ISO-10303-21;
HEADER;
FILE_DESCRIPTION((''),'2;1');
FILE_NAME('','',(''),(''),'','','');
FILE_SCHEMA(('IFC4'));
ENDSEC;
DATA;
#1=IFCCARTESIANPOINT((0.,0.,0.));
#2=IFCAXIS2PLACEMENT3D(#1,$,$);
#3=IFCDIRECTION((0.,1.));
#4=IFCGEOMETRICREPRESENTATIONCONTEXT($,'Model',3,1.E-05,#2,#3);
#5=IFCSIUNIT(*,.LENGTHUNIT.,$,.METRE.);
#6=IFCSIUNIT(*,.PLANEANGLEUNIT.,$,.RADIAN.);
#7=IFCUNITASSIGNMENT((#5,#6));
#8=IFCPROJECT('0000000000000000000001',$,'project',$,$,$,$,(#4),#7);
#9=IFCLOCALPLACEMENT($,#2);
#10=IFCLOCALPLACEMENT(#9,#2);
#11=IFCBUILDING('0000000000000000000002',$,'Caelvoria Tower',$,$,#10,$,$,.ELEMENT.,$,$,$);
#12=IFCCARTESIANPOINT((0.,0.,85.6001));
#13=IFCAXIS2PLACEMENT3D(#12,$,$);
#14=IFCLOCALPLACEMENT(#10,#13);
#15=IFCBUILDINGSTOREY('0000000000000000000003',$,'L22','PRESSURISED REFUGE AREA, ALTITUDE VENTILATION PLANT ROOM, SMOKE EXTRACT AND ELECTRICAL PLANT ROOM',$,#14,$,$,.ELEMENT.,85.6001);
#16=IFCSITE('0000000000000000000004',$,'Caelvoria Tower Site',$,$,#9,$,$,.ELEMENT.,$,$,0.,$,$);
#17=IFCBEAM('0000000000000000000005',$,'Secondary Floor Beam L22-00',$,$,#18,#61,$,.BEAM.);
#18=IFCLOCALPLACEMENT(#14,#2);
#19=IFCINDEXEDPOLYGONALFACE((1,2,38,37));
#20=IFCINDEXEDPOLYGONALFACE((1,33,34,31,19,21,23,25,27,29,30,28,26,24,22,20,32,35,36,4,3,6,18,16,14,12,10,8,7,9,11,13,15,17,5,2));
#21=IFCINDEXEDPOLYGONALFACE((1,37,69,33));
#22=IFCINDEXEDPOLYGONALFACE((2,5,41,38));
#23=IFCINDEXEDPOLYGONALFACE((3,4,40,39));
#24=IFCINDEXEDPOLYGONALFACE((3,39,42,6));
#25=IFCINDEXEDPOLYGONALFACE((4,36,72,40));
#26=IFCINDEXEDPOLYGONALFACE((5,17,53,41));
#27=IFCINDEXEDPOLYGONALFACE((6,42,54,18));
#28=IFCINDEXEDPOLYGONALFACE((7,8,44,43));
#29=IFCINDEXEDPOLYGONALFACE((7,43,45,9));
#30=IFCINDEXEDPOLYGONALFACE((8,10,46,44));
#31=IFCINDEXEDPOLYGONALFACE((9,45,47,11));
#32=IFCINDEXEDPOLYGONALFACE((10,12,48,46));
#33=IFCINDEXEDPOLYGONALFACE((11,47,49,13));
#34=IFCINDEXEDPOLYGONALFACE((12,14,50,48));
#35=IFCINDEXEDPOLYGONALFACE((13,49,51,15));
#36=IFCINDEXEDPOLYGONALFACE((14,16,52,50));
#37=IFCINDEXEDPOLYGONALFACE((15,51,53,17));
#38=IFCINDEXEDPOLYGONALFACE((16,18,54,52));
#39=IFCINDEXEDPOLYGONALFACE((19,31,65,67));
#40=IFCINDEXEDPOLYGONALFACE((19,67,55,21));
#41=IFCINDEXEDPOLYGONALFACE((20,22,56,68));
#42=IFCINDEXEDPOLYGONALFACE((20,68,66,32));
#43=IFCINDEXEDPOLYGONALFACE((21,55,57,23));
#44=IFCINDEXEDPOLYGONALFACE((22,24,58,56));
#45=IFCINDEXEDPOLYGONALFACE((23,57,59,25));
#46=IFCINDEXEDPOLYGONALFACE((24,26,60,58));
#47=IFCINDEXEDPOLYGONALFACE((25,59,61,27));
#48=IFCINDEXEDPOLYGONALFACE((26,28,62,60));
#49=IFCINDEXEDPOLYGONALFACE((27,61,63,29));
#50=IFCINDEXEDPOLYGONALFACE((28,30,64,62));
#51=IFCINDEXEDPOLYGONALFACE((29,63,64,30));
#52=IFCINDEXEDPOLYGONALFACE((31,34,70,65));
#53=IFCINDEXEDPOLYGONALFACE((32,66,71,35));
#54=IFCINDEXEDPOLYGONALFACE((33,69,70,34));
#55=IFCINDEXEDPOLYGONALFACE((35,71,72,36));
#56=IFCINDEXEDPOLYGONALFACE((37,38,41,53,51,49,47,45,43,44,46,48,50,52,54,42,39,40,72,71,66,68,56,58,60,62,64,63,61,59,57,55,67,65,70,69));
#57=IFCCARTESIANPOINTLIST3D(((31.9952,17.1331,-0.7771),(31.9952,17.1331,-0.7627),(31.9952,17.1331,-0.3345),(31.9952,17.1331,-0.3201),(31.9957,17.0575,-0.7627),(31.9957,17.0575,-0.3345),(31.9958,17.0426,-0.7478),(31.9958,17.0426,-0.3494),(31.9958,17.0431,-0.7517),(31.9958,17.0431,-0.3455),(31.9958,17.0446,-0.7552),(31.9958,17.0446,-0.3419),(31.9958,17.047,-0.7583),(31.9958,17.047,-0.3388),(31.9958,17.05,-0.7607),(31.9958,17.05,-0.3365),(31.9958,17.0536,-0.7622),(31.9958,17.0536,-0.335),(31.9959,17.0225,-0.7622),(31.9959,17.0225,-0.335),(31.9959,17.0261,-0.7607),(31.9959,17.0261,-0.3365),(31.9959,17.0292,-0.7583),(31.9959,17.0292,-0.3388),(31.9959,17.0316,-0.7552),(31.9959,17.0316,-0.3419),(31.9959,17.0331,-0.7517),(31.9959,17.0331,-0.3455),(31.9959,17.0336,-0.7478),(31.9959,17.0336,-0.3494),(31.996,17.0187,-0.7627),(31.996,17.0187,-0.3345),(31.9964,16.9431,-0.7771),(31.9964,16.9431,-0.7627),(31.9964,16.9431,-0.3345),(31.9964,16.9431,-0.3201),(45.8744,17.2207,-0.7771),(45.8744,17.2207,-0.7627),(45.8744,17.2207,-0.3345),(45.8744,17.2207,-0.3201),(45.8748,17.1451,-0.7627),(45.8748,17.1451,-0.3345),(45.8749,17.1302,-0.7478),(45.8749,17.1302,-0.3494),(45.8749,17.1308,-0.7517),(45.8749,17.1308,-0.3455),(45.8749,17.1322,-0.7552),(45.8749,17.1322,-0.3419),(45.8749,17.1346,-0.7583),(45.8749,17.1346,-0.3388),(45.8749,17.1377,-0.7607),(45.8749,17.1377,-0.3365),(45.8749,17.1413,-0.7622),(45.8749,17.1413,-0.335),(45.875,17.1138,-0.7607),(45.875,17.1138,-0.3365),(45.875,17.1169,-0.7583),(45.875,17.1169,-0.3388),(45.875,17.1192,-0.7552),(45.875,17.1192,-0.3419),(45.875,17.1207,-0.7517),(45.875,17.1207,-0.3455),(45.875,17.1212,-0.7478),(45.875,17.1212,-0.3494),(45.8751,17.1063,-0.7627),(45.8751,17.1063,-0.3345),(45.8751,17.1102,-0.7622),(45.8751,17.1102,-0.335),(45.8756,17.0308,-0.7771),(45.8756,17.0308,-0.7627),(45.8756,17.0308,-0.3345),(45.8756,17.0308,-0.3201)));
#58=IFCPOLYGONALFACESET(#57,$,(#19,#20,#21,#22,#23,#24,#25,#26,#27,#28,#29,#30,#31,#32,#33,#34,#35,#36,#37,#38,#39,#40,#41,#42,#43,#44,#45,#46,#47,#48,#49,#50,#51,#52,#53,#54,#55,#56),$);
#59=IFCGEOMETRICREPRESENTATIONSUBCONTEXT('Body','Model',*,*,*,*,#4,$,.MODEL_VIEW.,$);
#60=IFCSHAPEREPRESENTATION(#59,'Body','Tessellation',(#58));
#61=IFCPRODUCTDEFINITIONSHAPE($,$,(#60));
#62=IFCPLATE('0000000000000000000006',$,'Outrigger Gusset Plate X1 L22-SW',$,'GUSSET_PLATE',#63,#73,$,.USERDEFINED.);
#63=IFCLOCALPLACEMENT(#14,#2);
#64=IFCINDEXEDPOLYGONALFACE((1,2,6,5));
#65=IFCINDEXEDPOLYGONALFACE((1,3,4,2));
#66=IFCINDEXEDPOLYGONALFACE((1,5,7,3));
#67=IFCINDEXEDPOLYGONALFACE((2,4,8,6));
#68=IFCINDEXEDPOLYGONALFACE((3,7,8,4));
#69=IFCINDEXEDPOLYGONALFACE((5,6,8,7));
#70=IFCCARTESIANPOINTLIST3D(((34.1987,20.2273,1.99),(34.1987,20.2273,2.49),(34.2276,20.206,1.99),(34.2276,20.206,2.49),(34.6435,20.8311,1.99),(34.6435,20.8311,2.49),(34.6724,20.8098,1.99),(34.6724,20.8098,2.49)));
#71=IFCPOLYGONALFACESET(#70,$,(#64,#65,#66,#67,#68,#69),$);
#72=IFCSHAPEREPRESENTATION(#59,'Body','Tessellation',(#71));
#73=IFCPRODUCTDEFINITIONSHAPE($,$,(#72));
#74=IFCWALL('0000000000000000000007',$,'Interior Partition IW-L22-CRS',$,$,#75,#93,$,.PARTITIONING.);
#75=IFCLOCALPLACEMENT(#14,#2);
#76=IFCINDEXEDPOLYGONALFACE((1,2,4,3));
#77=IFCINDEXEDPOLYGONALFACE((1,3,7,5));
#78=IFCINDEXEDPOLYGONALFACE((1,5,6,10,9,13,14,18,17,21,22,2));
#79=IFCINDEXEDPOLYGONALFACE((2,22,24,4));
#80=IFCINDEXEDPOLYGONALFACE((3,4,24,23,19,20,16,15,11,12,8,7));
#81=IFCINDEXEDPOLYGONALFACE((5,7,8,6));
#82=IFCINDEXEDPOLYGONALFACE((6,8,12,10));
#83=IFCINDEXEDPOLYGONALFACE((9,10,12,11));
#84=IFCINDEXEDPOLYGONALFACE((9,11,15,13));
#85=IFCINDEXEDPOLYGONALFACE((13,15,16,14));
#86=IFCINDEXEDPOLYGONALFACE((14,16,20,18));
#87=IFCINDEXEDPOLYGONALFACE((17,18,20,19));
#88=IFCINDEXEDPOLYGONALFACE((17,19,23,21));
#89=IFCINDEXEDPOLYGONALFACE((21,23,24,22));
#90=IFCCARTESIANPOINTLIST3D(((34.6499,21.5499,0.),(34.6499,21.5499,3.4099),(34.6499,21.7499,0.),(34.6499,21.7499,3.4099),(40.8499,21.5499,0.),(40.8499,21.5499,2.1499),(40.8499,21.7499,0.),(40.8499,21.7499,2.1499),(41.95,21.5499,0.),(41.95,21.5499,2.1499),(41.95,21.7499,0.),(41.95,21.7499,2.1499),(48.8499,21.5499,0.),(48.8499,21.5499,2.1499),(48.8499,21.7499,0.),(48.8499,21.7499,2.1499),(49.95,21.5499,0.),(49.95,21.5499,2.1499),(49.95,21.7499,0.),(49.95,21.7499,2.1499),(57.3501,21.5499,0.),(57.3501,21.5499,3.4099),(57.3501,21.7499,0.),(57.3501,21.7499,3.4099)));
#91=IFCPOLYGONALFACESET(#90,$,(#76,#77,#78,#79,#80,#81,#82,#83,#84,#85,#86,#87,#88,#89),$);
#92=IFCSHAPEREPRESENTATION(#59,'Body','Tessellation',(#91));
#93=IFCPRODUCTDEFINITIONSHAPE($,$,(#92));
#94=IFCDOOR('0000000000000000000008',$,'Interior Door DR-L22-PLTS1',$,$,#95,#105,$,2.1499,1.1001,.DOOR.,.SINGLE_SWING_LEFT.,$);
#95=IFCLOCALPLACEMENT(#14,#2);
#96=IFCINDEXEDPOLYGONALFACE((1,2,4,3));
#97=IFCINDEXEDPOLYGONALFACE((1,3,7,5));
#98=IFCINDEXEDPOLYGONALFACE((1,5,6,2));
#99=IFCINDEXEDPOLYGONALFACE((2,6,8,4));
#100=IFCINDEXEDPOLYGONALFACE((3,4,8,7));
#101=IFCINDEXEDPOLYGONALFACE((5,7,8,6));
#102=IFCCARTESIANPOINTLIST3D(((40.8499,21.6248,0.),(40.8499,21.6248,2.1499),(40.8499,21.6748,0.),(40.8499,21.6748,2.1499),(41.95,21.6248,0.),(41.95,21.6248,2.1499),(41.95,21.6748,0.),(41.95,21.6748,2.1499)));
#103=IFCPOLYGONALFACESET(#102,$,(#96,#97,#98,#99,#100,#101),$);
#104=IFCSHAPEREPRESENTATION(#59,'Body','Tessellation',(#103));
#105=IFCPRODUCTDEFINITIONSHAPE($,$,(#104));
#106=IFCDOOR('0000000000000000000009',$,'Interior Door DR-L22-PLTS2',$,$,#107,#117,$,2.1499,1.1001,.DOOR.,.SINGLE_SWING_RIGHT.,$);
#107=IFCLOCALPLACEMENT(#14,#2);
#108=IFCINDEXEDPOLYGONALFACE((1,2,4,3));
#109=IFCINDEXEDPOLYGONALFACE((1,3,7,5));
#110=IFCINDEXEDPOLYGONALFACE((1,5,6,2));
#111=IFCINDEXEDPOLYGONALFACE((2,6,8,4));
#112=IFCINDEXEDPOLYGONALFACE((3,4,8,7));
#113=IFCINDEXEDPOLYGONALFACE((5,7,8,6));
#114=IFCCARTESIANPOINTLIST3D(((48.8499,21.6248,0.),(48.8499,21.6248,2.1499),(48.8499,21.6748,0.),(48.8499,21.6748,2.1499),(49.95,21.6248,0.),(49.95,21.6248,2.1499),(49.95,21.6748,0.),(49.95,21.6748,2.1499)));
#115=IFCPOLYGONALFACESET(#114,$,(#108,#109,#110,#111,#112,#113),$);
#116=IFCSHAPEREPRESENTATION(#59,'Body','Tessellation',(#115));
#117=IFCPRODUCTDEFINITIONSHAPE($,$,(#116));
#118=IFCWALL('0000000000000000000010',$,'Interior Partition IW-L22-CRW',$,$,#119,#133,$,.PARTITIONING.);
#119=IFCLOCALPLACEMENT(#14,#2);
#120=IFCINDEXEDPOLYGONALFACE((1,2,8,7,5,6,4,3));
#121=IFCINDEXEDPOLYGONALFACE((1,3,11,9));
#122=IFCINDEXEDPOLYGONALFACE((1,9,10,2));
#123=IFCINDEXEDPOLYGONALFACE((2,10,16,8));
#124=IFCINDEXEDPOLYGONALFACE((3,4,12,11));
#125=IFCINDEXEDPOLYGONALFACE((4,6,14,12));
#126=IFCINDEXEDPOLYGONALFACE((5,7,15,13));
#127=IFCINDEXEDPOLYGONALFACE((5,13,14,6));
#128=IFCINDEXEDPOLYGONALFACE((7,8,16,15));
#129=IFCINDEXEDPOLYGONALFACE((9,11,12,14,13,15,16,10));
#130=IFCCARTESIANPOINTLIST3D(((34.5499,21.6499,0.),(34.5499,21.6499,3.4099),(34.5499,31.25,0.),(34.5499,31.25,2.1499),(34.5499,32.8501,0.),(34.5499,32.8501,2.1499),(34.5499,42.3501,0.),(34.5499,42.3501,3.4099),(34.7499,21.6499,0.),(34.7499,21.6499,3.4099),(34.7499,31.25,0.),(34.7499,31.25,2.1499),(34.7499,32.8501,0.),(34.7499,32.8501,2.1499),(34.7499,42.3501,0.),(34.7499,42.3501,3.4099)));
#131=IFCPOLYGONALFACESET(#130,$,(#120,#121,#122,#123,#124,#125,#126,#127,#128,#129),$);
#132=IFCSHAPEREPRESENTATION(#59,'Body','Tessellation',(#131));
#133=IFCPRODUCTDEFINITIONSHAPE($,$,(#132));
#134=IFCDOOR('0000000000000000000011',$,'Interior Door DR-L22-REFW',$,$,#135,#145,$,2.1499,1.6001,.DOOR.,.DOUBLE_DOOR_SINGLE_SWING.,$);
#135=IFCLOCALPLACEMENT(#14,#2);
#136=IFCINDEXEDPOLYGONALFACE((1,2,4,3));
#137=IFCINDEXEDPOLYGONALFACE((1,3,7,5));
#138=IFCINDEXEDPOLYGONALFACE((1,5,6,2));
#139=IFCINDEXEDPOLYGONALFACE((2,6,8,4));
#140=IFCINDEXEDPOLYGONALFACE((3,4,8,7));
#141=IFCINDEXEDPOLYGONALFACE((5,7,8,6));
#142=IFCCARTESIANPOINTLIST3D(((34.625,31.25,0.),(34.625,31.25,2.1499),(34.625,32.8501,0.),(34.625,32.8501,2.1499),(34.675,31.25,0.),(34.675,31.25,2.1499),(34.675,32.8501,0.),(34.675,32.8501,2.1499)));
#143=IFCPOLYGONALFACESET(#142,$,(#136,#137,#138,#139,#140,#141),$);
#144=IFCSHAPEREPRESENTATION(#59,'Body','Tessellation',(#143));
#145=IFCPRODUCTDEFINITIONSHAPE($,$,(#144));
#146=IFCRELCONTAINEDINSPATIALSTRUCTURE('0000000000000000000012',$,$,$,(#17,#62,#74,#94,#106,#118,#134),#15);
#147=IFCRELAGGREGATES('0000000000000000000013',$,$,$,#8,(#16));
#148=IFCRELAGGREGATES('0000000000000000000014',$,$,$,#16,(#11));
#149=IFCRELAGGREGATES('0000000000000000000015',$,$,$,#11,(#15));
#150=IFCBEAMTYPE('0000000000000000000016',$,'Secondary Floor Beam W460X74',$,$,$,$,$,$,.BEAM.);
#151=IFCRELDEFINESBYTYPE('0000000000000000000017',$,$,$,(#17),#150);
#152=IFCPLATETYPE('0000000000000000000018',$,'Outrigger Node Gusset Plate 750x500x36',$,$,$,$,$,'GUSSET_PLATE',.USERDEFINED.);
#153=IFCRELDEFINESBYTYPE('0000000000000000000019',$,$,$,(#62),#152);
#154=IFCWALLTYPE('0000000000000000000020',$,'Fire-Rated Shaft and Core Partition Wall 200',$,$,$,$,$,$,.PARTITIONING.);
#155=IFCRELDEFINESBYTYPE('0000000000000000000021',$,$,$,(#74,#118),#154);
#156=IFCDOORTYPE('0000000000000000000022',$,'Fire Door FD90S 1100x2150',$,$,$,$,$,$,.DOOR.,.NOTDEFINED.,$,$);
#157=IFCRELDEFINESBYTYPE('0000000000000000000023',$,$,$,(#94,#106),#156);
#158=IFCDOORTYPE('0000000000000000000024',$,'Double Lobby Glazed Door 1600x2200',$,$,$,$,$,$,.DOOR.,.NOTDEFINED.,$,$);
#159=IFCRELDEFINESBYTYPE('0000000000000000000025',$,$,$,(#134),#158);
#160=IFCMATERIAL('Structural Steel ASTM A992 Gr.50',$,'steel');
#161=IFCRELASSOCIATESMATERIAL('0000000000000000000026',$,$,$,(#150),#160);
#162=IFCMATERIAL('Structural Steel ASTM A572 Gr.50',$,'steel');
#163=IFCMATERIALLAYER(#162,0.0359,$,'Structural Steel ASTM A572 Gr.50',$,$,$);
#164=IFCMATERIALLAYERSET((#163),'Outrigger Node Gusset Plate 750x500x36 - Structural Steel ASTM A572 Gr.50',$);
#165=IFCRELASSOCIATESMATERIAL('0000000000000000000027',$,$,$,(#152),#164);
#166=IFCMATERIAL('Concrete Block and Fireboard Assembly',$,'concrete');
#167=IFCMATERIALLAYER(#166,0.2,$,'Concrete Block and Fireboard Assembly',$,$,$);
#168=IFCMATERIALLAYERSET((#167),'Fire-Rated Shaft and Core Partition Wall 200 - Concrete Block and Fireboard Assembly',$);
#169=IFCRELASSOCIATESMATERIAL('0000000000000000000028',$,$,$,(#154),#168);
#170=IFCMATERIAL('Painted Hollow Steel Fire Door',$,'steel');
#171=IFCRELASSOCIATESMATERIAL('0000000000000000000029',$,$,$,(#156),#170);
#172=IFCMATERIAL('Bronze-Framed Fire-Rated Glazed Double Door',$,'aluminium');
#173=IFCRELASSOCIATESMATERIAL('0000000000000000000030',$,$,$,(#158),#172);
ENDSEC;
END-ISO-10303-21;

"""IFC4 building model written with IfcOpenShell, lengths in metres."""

from ifc_helpers import new_model, si_unit, direction, frame, frame_2d, origin, origin_2d, place, context, subcontext, project, spatial, rectangle, i_section, extrude, material, layer, layer_set, material_profile, profile_set, type_object, element, fill, save


model = new_model("IFC4")

# Units and contexts
model_context = context("Model", 3, precision=1e-05, world=origin(), true_north=direction((0.0, 1.0)))
body_context = subcontext(model_context, "Body", "Model", "MODEL_VIEW")
ifc_project = project(units=[si_unit("LENGTHUNIT", "METRE"), si_unit("PLANEANGLEUNIT", "RADIAN")], contexts=[model_context])

# Site, building, storey
site_placement = place(None, origin())
site = spatial("IfcSite", under=ifc_project, at=site_placement, Name="Caelvoria Tower Site", CompositionType="ELEMENT", RefElevation=0.0)
building_placement = place(site_placement, origin())
building = spatial("IfcBuilding", under=site, at=building_placement, Name="Caelvoria Tower", CompositionType="ELEMENT")
storey_placement = place(building_placement, frame((0.0, 0.0, 85.6001)))
storey = spatial("IfcBuildingStorey", under=building, at=storey_placement, Name="L22", Description="PRESSURISED REFUGE AREA, ALTITUDE VENTILATION PLANT ROOM, SMOKE EXTRACT AND ELECTRICAL PLANT ROOM", CompositionType="ELEMENT", Elevation=85.6001)

# Shared definitions
ifc_material_1 = material(Name="Structural Steel ASTM A572 Gr.50", Category="steel")

# Beam
ifc_material_2 = material(Name="Structural Steel ASTM A992 Gr.50", Category="steel")
ifc_material_profile_1 = material_profile(ifc_material_2, i_section(OverallWidth=0.1899, OverallDepth=0.457, WebThickness=0.009, FlangeThickness=0.0144, FilletRadius=0.0149, at=origin_2d()), Name="Structural Steel ASTM A992 Gr.50")
ifc_profile_set_1 = profile_set([ifc_material_profile_1], Name="W460X74 - Structural Steel ASTM A992 Gr.50")
beam_type_1 = type_object("IfcBeamType", Name="Secondary Floor Beam W460X74", PredefinedType="BEAM", material=ifc_profile_set_1)
beam_1_placement = place(storey_placement, frame((31.9958, 17.0381, -0.5486), z_axis=(0.99998, 0.006315, 0.0), x_axis=(-0.006315, 0.99998, 0.0)))
element("IfcBeam", 1, at=beam_1_placement, inside=storey, type_object=beam_type_1, Name="Secondary Floor Beam L22-00", PredefinedType="BEAM", context=body_context, shape_type="SweptSolid", body=[
    extrude(i_section(OverallWidth=0.1899, OverallDepth=0.457, WebThickness=0.009, FlangeThickness=0.0144, FilletRadius=0.0149, at=origin_2d()), origin(), (0.0, 0.0, 1.0), 13.8794),
])

# Plate
ifc_layer_1 = layer(ifc_material_1, 0.0359, Name="Structural Steel ASTM A572 Gr.50")
ifc_layer_set_1 = layer_set([ifc_layer_1], Name="Outrigger Node Gusset Plate 750x500x36 - Structural Steel ASTM A572 Gr.50")
plate_type = type_object("IfcPlateType", Name="Outrigger Node Gusset Plate 750x500x36", ElementType="GUSSET_PLATE", PredefinedType="USERDEFINED", material=ifc_layer_set_1)
plate_placement = place(storey_placement, frame((34.4355, 20.5186, 1.99), z_axis=(0.0, 0.0, 1.0), x_axis=(-0.593093, -0.805134, 0.0)))
element("IfcPlate", 2, at=plate_placement, inside=storey, type_object=plate_type, Name="Outrigger Gusset Plate X1 L22-SW", ObjectType="GUSSET_PLATE", PredefinedType="USERDEFINED", context=body_context, shape_type="SweptSolid", body=[
    extrude(rectangle(XDim=0.75, YDim=0.0359, at=origin_2d()), origin(), (0.0, 0.0, 1.0), 0.5),
])

# Wall, openings, doors
ifc_material_3 = material(Name="Concrete Block and Fireboard Assembly", Category="concrete")
ifc_layer_2 = layer(ifc_material_3, 0.2, Name="Concrete Block and Fireboard Assembly")
ifc_layer_set_2 = layer_set([ifc_layer_2], Name="Fire-Rated Shaft and Core Partition Wall 200 - Concrete Block and Fireboard Assembly")
wall_type_1 = type_object("IfcWallType", Name="Fire-Rated Shaft and Core Partition Wall 200", PredefinedType="PARTITIONING", material=ifc_layer_set_2)
wall_1_placement = place(storey_placement, frame((34.6499, 21.6499, 0.0), z_axis=(0.0, 0.0, 1.0), x_axis=(1.0, 0.0, 0.0)))
wall_1 = element("IfcWall", 3, at=wall_1_placement, inside=storey, type_object=wall_type_1, Name="Interior Partition IW-L22-CRS", PredefinedType="PARTITIONING", context=body_context, shape_type="SweptSolid", body=[
    extrude(rectangle(XDim=22.7002, YDim=0.2, at=frame_2d((11.3501, 0.0))), origin(), (0.0, 0.0, 1.0), 3.4099),
])
opening_1_placement = place(wall_1_placement, frame((6.2, 0.0, 0.0)))
opening_1 = element("IfcOpeningElement", 4, at=opening_1_placement, cuts=wall_1, PredefinedType="OPENING", context=body_context, shape_type="SweptSolid", body=[
    extrude(rectangle(XDim=1.1001, YDim=2.1499, at=frame_2d((0.55, 1.075))), frame((0.0, 0.1099, 0.0), z_axis=(0.0, -1.0, 0.0), x_axis=(1.0, 0.0, 0.0)), (0.0, 0.0, 1.0), 0.22),
])
opening_2_placement = place(wall_1_placement, frame((14.2, 0.0, 0.0)))
opening_2 = element("IfcOpeningElement", 5, at=opening_2_placement, cuts=wall_1, PredefinedType="OPENING", context=body_context, shape_type="SweptSolid", body=[
    extrude(rectangle(XDim=1.1001, YDim=2.1499, at=frame_2d((0.55, 1.075))), frame((0.0, 0.1099, 0.0), z_axis=(0.0, -1.0, 0.0), x_axis=(1.0, 0.0, 0.0)), (0.0, 0.0, 1.0), 0.22),
])
ifc_material_4 = material(Name="Painted Hollow Steel Fire Door", Category="steel")
door_type_1 = type_object("IfcDoorType", Name="Fire Door FD90S 1100x2150", OperationType="NOTDEFINED", PredefinedType="DOOR", material=ifc_material_4)
door_1_placement = place(opening_1_placement, origin())
door_1 = element("IfcDoor", 6, at=door_1_placement, inside=storey, type_object=door_type_1, Name="Interior Door DR-L22-PLTS1", OperationType="SINGLE_SWING_LEFT", OverallHeight=2.1499, OverallWidth=1.1001, PredefinedType="DOOR", context=body_context, shape_type="SweptSolid", body=[
    extrude(rectangle(XDim=1.1001, YDim=2.1499, at=frame_2d((0.55, 1.075))), frame((0.0, 0.0249, 0.0), z_axis=(0.0, -1.0, 0.0), x_axis=(1.0, 0.0, 0.0)), (0.0, 0.0, 1.0), 0.05),
])
fill(opening_1, door_1)
door_2_placement = place(opening_2_placement, origin())
door_2 = element("IfcDoor", 7, at=door_2_placement, inside=storey, type_object=door_type_1, Name="Interior Door DR-L22-PLTS2", OperationType="SINGLE_SWING_RIGHT", OverallHeight=2.1499, OverallWidth=1.1001, PredefinedType="DOOR", context=body_context, shape_type="SweptSolid", body=[
    extrude(rectangle(XDim=1.1001, YDim=2.1499, at=frame_2d((0.55, 1.075))), frame((0.0, 0.0249, 0.0), z_axis=(0.0, -1.0, 0.0), x_axis=(1.0, 0.0, 0.0)), (0.0, 0.0, 1.0), 0.05),
])
fill(opening_2, door_2)

# Wall, opening, door
wall_2_placement = place(storey_placement, frame((34.6499, 21.6499, 0.0), z_axis=(0.0, 0.0, 1.0), x_axis=(0.0, 1.0, 0.0)))
wall_2 = element("IfcWall", 8, at=wall_2_placement, inside=storey, type_object=wall_type_1, Name="Interior Partition IW-L22-CRW", PredefinedType="PARTITIONING", context=body_context, shape_type="SweptSolid", body=[
    extrude(rectangle(XDim=20.7002, YDim=0.2, at=frame_2d((10.3501, 0.0))), origin(), (0.0, 0.0, 1.0), 3.4099),
])
opening_3_placement = place(wall_2_placement, frame((9.6001, 0.0, 0.0)))
opening_3 = element("IfcOpeningElement", 9, at=opening_3_placement, cuts=wall_2, PredefinedType="OPENING", context=body_context, shape_type="SweptSolid", body=[
    extrude(rectangle(XDim=1.6001, YDim=2.1499, at=frame_2d((0.8, 1.075))), frame((0.0, 0.1099, 0.0), z_axis=(0.0, -1.0, 0.0), x_axis=(1.0, 0.0, 0.0)), (0.0, 0.0, 1.0), 0.22),
])
ifc_material_5 = material(Name="Bronze-Framed Fire-Rated Glazed Double Door", Category="aluminium")
door_type_2 = type_object("IfcDoorType", Name="Double Lobby Glazed Door 1600x2200", OperationType="NOTDEFINED", PredefinedType="DOOR", material=ifc_material_5)
door_3_placement = place(opening_3_placement, origin())
door_3 = element("IfcDoor", 10, at=door_3_placement, inside=storey, type_object=door_type_2, Name="Interior Door DR-L22-REFW", OperationType="DOUBLE_DOOR_SINGLE_SWING", OverallHeight=2.1499, OverallWidth=1.6001, PredefinedType="DOOR", context=body_context, shape_type="SweptSolid", body=[
    extrude(rectangle(XDim=1.6001, YDim=2.1499, at=frame_2d((0.8, 1.075))), frame((0.0, 0.0249, 0.0), z_axis=(0.0, -1.0, 0.0), x_axis=(1.0, 0.0, 0.0)), (0.0, 0.0, 1.0), 0.05),
])
fill(opening_3, door_3)

save(model, "model.ifc")
